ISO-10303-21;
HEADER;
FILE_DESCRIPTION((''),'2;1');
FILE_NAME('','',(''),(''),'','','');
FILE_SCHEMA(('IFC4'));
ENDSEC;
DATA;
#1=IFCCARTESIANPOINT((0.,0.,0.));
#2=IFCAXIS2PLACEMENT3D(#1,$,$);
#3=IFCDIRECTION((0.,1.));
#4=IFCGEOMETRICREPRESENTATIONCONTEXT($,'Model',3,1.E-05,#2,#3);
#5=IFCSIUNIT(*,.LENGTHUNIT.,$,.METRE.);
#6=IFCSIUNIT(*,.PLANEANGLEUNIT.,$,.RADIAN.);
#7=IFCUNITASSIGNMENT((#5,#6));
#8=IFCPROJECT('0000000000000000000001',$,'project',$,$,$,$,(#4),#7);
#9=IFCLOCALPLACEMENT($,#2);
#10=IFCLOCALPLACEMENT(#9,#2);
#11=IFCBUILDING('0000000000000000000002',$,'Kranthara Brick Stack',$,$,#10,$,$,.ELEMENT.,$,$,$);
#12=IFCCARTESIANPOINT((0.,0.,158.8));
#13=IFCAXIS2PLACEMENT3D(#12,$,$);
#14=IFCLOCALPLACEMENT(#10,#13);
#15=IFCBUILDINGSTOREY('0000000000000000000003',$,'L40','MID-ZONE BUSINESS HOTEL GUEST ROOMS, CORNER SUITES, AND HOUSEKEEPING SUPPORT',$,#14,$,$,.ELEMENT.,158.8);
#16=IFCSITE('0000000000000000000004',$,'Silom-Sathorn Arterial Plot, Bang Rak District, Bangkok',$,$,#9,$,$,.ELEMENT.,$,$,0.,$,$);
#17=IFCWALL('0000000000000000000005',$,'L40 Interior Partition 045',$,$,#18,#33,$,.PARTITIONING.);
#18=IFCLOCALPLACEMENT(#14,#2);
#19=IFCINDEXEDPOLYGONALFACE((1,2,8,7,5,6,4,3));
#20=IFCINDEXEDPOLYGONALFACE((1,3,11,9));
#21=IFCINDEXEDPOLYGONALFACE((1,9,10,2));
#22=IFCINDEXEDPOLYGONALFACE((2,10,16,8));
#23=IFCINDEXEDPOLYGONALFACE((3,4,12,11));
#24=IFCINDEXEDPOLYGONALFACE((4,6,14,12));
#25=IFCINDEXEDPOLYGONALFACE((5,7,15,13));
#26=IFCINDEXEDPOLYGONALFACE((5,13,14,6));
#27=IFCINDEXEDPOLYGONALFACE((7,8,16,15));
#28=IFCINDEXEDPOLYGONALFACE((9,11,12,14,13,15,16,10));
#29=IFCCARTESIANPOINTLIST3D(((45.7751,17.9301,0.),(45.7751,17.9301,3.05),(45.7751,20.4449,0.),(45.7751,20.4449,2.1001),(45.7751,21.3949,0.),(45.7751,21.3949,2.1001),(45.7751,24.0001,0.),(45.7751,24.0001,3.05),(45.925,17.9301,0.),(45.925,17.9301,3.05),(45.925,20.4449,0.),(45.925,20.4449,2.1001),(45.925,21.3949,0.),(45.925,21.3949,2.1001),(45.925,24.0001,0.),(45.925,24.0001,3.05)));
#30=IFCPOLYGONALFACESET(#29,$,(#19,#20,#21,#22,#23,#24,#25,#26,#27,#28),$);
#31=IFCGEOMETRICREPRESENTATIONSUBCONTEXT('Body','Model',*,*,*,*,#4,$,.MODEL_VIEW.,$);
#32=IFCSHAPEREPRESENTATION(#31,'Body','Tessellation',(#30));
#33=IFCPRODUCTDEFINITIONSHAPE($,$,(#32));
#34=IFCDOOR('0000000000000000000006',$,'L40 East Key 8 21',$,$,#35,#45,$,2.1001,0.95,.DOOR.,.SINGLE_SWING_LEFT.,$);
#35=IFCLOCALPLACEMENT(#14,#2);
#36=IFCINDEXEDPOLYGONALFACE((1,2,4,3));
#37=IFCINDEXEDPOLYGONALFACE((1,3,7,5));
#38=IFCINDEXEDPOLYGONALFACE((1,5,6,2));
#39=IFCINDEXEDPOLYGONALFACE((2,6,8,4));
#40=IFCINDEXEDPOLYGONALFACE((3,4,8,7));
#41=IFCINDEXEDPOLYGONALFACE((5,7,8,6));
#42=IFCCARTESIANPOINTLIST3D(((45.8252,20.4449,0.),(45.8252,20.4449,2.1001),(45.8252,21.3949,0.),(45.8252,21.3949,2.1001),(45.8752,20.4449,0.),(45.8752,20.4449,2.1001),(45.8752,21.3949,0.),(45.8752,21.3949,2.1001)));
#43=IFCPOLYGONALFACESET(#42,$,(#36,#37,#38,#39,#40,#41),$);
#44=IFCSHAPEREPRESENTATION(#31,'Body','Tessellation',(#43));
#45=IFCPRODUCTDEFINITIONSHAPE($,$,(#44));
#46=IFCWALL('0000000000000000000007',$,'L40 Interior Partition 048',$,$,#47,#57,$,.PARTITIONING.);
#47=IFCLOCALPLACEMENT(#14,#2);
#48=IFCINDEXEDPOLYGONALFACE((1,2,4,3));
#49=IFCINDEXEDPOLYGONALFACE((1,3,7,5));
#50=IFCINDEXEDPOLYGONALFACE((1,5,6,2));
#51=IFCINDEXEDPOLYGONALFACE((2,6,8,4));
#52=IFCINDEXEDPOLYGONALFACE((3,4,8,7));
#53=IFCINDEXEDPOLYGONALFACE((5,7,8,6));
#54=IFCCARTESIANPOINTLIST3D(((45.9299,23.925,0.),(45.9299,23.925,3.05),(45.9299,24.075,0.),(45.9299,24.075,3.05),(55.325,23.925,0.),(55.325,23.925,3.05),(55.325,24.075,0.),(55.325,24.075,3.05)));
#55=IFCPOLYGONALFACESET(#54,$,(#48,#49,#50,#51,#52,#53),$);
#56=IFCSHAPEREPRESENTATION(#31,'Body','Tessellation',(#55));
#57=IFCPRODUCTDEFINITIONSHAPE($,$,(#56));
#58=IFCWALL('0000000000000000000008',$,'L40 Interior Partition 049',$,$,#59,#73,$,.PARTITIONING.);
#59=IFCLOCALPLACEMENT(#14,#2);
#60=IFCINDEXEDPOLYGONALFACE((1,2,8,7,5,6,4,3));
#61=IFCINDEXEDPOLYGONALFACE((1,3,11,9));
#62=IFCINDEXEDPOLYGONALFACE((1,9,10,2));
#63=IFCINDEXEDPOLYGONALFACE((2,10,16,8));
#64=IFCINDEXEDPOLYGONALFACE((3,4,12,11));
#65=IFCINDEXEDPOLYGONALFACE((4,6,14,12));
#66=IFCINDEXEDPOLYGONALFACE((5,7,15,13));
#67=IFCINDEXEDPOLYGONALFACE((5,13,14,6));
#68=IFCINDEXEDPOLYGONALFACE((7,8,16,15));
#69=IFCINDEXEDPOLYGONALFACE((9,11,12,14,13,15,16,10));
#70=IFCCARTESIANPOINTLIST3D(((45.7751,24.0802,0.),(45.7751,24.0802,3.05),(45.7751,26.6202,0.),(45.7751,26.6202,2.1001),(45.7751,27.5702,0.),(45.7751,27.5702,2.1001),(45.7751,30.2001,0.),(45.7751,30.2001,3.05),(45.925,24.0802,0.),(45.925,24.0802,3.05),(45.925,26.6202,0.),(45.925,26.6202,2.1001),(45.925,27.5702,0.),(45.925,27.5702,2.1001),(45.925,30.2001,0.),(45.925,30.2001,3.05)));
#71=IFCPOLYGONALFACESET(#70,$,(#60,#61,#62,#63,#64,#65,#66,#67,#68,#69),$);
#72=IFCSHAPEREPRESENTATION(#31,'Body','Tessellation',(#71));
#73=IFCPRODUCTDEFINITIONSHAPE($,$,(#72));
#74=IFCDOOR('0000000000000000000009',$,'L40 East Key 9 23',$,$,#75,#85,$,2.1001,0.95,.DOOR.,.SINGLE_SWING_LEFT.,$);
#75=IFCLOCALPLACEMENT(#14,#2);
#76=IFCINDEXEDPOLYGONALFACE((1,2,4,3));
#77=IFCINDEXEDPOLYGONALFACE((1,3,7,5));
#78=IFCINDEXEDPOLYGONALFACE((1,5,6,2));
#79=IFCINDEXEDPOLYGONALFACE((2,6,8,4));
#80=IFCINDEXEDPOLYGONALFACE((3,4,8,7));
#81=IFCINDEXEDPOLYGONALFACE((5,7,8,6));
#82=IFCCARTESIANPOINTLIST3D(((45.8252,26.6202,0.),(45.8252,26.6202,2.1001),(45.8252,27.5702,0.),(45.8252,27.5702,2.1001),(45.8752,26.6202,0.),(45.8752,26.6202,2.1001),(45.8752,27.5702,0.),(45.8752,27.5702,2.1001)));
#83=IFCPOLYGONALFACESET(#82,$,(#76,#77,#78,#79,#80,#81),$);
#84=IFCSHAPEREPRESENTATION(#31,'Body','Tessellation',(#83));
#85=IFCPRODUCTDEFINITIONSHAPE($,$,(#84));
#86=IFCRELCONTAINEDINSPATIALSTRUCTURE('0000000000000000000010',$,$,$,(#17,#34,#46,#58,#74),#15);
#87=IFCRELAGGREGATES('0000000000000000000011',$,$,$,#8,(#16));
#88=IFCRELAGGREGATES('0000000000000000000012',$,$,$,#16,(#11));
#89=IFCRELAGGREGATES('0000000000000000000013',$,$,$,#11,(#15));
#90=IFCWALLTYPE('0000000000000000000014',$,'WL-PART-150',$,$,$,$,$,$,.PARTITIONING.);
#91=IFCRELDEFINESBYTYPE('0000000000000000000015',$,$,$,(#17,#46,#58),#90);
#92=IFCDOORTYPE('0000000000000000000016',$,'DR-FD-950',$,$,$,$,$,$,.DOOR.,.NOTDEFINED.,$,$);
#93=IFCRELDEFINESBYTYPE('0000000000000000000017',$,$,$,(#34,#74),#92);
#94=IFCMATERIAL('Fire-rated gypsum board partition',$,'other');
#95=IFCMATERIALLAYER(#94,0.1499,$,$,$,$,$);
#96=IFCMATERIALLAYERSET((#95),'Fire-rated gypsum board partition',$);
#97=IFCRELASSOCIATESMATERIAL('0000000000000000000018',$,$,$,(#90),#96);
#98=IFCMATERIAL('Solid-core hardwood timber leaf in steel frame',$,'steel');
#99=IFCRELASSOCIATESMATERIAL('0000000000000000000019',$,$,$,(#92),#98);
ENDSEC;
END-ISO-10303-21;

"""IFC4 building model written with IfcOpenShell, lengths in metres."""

from ifc_helpers import new_model, si_unit, direction, frame, frame_2d, origin, place, context, subcontext, project, spatial, rectangle, extrude, material, layer, layer_set, type_object, element, fill, save


model = new_model("IFC4")

# Units and contexts
model_context = context("Model", 3, precision=1e-05, world=origin(), true_north=direction((0.0, 1.0)))
body_context = subcontext(model_context, "Body", "Model", "MODEL_VIEW")
ifc_project = project(units=[si_unit("LENGTHUNIT", "METRE"), si_unit("PLANEANGLEUNIT", "RADIAN")], contexts=[model_context])

# Site, building, storey
site_placement = place(None, origin())
site = spatial("IfcSite", under=ifc_project, at=site_placement, Name="Silom-Sathorn Arterial Plot, Bang Rak District, Bangkok", CompositionType="ELEMENT", RefElevation=0.0)
building_placement = place(site_placement, origin())
building = spatial("IfcBuilding", under=site, at=building_placement, Name="Kranthara Brick Stack", CompositionType="ELEMENT")
storey_placement = place(building_placement, frame((0.0, 0.0, 158.8)))
storey = spatial("IfcBuildingStorey", under=building, at=storey_placement, Name="L40", Description="MID-ZONE BUSINESS HOTEL GUEST ROOMS, CORNER SUITES, AND HOUSEKEEPING SUPPORT", CompositionType="ELEMENT", Elevation=158.8)

# Shared definitions
ifc_material_1 = material(Name="Fire-rated gypsum board partition", Category="other")
ifc_layer_1 = layer(ifc_material_1, 0.1499)
ifc_layer_set_1 = layer_set([ifc_layer_1], Name="Fire-rated gypsum board partition")
wall_type_1 = type_object("IfcWallType", Name="WL-PART-150", PredefinedType="PARTITIONING", material=ifc_layer_set_1)
ifc_material_2 = material(Name="Solid-core hardwood timber leaf in steel frame", Category="steel")
door_type_1 = type_object("IfcDoorType", Name="DR-FD-950", OperationType="NOTDEFINED", PredefinedType="DOOR", material=ifc_material_2)

# Wall, opening, door
wall_1_placement = place(storey_placement, frame((45.8501, 17.9299, 0.0), z_axis=(0.0, 0.0, 1.0), x_axis=(0.0, 1.0, 0.0)))
wall_1 = element("IfcWall", 1, at=wall_1_placement, inside=storey, type_object=wall_type_1, Name="L40 Interior Partition 045", PredefinedType="PARTITIONING", context=body_context, shape_type="SweptSolid", body=[
    extrude(rectangle(XDim=6.0701, YDim=0.1499, at=frame_2d((3.0352, 0.0))), origin(), (0.0, 0.0, 1.0), 3.05),
])
opening_1_placement = place(wall_1_placement, frame((2.5149, 0.0, 0.0)))
opening_1 = element("IfcOpeningElement", 2, at=opening_1_placement, cuts=wall_1, PredefinedType="OPENING", context=body_context, shape_type="SweptSolid", body=[
    extrude(rectangle(XDim=0.95, YDim=2.1001, at=frame_2d((0.4751, 1.05))), frame((0.0, 0.085, 0.0), z_axis=(0.0, -1.0, 0.0), x_axis=(1.0, 0.0, 0.0)), (0.0, 0.0, 1.0), 0.1699),
])
door_1_placement = place(opening_1_placement, origin())
door_1 = element("IfcDoor", 3, at=door_1_placement, inside=storey, type_object=door_type_1, Name="L40 East Key 8 21", OperationType="SINGLE_SWING_LEFT", OverallHeight=2.1001, OverallWidth=0.95, PredefinedType="DOOR", context=body_context, shape_type="SweptSolid", body=[
    extrude(rectangle(XDim=0.95, YDim=2.1001, at=frame_2d((0.4751, 1.05))), frame((0.0, 0.0249, 0.0), z_axis=(0.0, -1.0, 0.0), x_axis=(1.0, 0.0, 0.0)), (0.0, 0.0, 1.0), 0.05),
])
fill(opening_1, door_1)

# Wall
wall_2_placement = place(storey_placement, frame((45.9299, 24.0, 0.0), z_axis=(0.0, 0.0, 1.0), x_axis=(1.0, 0.0, 0.0)))
element("IfcWall", 4, at=wall_2_placement, inside=storey, type_object=wall_type_1, Name="L40 Interior Partition 048", PredefinedType="PARTITIONING", context=body_context, shape_type="SweptSolid", body=[
    extrude(rectangle(XDim=9.395, YDim=0.1499, at=frame_2d((4.6975, 0.0))), origin(), (0.0, 0.0, 1.0), 3.05),
])

# Wall, opening, door
wall_3_placement = place(storey_placement, frame((45.8501, 24.0801, 0.0), z_axis=(0.0, 0.0, 1.0), x_axis=(0.0, 1.0, 0.0)))
wall_3 = element("IfcWall", 5, at=wall_3_placement, inside=storey, type_object=wall_type_1, Name="L40 Interior Partition 049", PredefinedType="PARTITIONING", context=body_context, shape_type="SweptSolid", body=[
    extrude(rectangle(XDim=6.1199, YDim=0.1499, at=frame_2d((3.0601, 0.0))), origin(), (0.0, 0.0, 1.0), 3.05),
])
opening_2_placement = place(wall_3_placement, frame((2.54, 0.0, 0.0)))
opening_2 = element("IfcOpeningElement", 6, at=opening_2_placement, cuts=wall_3, PredefinedType="OPENING", context=body_context, shape_type="SweptSolid", body=[
    extrude(rectangle(XDim=0.95, YDim=2.1001, at=frame_2d((0.4751, 1.05))), frame((0.0, 0.085, 0.0), z_axis=(0.0, -1.0, 0.0), x_axis=(1.0, 0.0, 0.0)), (0.0, 0.0, 1.0), 0.1699),
])
door_2_placement = place(opening_2_placement, origin())
door_2 = element("IfcDoor", 7, at=door_2_placement, inside=storey, type_object=door_type_1, Name="L40 East Key 9 23", OperationType="SINGLE_SWING_LEFT", OverallHeight=2.1001, OverallWidth=0.95, PredefinedType="DOOR", context=body_context, shape_type="SweptSolid", body=[
    extrude(rectangle(XDim=0.95, YDim=2.1001, at=frame_2d((0.4751, 1.05))), frame((0.0, 0.0249, 0.0), z_axis=(0.0, -1.0, 0.0), x_axis=(1.0, 0.0, 0.0)), (0.0, 0.0, 1.0), 0.05),
])
fill(opening_2, door_2)

save(model, "model.ifc")
